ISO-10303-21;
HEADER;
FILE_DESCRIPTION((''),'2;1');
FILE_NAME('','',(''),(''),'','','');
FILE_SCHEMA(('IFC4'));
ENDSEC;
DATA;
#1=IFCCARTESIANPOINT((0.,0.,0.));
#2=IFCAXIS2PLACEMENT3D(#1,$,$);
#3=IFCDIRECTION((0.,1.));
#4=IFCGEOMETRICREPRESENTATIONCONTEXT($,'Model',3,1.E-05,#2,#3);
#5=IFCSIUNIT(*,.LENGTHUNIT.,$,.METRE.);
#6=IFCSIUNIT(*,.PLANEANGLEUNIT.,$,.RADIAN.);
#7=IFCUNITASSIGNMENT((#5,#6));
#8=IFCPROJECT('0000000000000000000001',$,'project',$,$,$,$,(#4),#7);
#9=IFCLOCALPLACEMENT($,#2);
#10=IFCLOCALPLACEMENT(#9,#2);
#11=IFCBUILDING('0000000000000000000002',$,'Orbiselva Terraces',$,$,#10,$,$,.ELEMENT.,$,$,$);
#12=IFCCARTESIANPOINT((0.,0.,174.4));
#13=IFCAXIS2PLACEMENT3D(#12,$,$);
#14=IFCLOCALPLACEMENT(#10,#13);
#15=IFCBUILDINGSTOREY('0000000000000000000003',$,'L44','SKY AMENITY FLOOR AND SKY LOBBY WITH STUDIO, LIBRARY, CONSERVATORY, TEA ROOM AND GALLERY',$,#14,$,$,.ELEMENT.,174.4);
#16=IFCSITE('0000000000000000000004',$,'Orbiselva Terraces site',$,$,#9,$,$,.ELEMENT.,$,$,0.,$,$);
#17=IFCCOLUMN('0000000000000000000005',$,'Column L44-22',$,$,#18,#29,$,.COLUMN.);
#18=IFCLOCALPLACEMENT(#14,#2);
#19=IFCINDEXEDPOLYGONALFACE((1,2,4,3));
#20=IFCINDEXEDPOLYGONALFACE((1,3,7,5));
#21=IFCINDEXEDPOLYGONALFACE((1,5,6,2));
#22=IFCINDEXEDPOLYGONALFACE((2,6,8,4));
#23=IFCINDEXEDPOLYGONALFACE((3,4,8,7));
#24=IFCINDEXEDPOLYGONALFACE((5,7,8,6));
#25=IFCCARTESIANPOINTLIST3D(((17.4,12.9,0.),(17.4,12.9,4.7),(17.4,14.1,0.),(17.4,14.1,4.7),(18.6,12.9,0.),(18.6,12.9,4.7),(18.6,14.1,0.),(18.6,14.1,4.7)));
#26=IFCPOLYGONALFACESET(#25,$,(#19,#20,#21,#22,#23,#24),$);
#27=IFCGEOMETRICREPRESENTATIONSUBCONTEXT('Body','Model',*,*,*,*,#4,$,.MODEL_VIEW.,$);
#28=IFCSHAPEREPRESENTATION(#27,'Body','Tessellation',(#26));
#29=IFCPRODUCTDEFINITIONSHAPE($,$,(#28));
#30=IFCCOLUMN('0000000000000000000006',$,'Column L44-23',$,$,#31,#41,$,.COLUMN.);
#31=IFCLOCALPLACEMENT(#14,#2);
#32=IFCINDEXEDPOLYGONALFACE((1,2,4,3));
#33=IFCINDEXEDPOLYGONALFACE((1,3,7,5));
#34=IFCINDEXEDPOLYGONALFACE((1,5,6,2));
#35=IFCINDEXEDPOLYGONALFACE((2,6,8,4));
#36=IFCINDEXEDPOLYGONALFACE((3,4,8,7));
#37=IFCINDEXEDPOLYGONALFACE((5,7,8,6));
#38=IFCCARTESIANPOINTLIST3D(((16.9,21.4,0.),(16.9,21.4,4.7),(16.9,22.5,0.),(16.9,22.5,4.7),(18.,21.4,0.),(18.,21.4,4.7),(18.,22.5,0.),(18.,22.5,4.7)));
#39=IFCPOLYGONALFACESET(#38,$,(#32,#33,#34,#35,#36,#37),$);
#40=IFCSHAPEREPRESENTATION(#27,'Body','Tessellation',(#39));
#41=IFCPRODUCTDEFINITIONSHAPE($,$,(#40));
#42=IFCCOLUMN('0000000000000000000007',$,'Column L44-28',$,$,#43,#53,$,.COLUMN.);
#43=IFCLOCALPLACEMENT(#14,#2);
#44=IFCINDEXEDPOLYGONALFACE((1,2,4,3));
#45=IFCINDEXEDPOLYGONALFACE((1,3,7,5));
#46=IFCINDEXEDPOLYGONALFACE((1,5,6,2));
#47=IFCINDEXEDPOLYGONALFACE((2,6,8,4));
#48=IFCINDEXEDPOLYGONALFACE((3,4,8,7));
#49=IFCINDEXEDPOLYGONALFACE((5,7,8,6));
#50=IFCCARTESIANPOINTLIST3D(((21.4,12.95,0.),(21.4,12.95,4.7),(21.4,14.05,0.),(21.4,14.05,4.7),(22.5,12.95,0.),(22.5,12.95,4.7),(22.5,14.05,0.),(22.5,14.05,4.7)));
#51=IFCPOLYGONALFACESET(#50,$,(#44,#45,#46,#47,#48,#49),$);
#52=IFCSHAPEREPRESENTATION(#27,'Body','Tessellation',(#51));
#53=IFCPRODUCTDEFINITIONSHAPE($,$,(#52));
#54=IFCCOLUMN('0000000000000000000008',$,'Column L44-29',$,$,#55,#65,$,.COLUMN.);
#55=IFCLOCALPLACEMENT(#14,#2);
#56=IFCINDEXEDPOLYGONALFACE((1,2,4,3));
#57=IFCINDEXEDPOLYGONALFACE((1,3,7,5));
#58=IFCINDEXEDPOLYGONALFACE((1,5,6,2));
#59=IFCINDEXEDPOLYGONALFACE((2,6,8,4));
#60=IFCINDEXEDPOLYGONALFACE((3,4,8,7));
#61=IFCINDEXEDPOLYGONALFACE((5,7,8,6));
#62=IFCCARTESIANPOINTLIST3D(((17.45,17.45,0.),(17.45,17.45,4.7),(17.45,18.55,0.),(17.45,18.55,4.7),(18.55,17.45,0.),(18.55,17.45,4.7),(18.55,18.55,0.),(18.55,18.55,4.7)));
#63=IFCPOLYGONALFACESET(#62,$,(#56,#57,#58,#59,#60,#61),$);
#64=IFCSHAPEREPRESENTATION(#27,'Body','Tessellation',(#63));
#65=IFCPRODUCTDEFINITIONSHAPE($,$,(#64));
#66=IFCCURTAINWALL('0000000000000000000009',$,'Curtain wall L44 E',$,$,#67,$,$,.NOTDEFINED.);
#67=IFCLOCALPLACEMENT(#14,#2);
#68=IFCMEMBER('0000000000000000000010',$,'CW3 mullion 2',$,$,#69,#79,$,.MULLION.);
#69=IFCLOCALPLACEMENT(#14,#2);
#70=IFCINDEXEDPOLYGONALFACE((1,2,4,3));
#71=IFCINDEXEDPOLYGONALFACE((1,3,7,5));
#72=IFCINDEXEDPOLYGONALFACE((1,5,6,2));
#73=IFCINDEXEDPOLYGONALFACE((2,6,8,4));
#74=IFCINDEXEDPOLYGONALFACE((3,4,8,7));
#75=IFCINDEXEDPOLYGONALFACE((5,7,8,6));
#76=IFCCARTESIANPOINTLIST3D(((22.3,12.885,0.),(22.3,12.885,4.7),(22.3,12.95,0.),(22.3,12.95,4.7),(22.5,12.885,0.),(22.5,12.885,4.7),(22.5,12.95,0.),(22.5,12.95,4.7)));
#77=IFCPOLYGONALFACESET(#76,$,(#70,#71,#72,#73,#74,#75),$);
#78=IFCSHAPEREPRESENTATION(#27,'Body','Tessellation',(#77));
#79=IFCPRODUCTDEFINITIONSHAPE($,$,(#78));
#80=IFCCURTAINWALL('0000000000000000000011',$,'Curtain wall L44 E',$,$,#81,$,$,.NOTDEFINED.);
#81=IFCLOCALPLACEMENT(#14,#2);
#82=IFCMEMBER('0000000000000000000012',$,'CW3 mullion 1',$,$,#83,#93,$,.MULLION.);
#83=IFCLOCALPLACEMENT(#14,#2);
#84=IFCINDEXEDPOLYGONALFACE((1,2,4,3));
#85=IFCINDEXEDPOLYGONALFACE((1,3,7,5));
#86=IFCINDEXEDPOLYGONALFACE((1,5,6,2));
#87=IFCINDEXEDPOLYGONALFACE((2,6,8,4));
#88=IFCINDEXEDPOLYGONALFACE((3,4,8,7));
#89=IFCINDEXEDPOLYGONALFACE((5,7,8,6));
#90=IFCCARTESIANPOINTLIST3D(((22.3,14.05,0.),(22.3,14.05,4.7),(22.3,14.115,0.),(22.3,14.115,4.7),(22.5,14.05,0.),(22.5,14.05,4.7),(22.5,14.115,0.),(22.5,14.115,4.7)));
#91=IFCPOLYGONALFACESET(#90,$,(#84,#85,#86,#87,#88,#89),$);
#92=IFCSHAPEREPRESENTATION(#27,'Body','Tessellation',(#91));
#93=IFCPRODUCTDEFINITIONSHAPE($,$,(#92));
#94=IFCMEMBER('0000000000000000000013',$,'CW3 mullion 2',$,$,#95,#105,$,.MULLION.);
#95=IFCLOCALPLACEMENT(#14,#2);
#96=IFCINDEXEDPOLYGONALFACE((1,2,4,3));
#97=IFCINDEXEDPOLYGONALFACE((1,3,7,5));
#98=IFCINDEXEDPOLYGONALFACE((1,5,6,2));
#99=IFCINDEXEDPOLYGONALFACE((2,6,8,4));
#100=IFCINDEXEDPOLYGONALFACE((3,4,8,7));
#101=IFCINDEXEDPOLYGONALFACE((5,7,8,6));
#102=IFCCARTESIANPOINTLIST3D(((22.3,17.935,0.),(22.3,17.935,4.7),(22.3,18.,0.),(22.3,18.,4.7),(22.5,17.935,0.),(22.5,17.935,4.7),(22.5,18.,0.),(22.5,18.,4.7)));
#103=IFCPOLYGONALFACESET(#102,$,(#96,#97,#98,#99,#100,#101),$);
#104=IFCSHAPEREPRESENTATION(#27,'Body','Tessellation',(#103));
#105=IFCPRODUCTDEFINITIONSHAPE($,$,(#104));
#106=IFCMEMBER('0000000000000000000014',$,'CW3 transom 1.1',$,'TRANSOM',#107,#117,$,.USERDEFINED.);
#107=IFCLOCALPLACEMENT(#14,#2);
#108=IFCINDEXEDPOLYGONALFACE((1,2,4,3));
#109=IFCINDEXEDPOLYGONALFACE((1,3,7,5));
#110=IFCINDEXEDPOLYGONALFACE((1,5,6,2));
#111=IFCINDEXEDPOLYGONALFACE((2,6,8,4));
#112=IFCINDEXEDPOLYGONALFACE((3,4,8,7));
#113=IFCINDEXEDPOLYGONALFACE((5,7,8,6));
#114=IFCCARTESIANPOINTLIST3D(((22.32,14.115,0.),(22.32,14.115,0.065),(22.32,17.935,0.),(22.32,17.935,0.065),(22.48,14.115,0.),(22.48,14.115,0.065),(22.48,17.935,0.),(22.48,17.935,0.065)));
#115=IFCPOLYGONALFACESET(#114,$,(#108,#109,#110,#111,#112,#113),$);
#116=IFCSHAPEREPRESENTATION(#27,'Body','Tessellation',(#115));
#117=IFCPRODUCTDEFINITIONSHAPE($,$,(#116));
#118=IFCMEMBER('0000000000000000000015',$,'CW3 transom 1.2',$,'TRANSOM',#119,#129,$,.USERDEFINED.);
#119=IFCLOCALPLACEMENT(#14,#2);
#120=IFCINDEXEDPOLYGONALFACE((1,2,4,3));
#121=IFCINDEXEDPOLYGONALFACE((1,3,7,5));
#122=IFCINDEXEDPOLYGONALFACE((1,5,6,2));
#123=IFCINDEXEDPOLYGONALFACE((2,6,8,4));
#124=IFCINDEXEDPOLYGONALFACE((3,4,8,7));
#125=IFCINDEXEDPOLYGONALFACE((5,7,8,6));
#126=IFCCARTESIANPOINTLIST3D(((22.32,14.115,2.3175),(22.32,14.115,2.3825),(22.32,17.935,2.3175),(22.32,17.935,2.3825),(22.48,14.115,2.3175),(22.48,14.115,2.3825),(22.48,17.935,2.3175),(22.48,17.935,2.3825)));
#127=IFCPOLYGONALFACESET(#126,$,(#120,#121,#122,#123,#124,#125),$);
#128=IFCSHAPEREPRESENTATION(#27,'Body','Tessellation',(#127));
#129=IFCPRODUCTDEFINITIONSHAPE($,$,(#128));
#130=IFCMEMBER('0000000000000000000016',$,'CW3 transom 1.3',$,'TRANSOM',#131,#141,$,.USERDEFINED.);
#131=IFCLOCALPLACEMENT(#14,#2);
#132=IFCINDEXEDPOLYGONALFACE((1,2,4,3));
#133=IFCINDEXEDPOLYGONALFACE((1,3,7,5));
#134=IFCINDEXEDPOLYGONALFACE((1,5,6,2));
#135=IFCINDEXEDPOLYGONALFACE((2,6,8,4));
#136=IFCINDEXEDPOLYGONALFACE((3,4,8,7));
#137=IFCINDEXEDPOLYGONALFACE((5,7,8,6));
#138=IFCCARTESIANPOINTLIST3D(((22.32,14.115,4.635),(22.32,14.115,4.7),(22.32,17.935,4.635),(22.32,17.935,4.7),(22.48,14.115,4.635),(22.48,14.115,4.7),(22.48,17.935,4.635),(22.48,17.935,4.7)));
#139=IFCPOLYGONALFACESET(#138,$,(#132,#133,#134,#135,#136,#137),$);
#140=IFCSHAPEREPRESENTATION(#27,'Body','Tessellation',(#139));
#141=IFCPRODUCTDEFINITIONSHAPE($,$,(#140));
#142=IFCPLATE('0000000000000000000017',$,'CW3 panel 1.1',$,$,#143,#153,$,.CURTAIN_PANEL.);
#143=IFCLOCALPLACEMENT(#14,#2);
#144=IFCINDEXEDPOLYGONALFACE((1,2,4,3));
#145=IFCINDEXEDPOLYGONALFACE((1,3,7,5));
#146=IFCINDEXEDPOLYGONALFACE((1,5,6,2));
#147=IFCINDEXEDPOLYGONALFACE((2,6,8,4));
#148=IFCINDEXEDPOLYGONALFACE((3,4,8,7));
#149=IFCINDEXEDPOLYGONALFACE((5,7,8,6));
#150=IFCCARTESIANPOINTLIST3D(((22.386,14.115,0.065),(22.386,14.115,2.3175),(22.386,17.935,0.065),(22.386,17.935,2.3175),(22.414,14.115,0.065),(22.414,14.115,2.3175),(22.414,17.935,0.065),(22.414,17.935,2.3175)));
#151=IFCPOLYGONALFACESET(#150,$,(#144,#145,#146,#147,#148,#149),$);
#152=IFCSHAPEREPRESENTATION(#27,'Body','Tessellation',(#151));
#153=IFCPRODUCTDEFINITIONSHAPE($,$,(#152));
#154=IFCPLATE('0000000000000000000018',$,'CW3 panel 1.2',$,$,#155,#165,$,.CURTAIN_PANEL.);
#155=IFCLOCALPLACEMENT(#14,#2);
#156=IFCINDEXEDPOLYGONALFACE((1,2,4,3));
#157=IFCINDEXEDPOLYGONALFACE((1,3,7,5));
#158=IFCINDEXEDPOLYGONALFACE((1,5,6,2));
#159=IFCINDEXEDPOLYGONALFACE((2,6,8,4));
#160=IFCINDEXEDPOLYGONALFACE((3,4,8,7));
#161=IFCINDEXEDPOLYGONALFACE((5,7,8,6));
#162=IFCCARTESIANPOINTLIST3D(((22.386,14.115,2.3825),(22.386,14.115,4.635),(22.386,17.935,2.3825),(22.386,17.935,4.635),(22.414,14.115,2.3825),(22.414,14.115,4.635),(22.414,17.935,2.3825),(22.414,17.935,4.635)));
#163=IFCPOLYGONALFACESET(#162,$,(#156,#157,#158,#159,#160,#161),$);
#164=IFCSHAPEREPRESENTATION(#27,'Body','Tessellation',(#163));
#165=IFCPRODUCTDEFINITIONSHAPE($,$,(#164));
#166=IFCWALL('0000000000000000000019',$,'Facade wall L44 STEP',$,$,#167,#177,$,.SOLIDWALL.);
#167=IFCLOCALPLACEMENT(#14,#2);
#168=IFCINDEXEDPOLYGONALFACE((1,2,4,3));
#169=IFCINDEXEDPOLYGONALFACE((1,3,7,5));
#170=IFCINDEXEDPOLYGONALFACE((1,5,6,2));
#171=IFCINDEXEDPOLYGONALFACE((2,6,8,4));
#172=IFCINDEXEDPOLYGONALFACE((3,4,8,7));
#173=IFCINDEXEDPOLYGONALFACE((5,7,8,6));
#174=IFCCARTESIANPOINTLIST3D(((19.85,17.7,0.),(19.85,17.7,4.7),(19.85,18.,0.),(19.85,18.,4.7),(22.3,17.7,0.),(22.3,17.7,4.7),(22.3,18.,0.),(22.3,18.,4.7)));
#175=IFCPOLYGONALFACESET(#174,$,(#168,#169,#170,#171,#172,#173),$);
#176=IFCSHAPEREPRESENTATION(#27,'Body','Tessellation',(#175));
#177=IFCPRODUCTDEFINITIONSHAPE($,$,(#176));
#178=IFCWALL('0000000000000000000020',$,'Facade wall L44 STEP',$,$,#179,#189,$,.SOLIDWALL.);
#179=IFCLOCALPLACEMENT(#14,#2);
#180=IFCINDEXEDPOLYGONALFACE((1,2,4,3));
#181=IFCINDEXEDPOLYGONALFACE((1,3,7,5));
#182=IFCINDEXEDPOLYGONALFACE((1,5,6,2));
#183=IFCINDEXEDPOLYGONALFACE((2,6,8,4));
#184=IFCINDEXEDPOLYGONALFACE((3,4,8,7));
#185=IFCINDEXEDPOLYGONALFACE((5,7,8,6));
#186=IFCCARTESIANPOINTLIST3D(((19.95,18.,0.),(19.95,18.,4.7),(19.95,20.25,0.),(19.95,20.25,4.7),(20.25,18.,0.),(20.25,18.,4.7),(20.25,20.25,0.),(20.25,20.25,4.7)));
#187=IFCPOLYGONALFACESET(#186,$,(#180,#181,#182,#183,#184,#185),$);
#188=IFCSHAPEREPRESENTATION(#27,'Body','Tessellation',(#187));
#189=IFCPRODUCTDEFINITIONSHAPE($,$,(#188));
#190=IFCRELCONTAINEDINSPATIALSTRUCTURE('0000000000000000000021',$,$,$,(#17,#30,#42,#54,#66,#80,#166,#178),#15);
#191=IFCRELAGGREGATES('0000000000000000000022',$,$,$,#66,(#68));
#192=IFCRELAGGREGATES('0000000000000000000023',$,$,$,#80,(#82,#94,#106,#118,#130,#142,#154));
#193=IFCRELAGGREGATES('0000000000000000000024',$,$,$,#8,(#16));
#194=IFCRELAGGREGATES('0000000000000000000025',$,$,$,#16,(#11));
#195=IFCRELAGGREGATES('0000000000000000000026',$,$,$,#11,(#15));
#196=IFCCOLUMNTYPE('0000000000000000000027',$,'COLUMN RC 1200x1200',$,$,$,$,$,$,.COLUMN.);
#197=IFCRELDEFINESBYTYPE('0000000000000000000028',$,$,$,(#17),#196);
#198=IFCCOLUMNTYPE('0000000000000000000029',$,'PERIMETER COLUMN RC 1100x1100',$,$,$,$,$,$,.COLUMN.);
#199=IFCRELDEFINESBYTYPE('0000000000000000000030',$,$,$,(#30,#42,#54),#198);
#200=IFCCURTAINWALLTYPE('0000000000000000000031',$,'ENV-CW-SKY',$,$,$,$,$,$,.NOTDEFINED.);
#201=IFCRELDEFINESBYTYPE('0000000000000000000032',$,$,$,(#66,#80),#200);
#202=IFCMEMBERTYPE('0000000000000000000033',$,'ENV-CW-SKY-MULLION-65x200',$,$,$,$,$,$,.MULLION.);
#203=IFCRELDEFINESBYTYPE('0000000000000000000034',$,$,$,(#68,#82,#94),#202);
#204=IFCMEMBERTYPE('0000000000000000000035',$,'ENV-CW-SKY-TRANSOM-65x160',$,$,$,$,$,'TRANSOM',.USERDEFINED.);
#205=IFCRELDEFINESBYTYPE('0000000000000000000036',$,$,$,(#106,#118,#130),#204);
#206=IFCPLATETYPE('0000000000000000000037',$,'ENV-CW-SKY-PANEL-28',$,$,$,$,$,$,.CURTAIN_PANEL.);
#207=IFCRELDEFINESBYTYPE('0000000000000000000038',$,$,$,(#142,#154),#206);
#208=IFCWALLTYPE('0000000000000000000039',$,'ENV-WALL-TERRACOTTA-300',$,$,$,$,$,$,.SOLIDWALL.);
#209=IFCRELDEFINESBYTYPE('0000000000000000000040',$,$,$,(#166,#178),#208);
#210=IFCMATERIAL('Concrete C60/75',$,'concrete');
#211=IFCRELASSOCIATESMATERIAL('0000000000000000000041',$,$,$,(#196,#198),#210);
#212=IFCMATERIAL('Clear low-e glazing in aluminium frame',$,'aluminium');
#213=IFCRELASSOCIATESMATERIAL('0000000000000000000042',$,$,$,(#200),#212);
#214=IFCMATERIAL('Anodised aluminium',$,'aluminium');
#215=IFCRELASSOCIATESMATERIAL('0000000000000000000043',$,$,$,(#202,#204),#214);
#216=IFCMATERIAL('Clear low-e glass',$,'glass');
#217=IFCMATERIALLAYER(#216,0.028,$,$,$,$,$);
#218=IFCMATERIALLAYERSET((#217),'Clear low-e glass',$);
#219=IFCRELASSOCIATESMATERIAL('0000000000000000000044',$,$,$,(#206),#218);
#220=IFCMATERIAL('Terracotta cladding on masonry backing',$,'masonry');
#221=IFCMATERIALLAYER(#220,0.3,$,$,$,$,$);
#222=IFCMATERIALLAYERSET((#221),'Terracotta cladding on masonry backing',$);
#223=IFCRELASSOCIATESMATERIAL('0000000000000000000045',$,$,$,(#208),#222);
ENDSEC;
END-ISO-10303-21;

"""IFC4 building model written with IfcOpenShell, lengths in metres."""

from ifc_helpers import new_model, si_unit, direction, frame, frame_2d, origin, origin_2d, place, context, subcontext, project, spatial, rectangle, extrude, material, layer, layer_set, material_profile, profile_set, type_object, element, aggregate, save


model = new_model("IFC4")

# Units and contexts
model_context = context("Model", 3, precision=1e-05, world=origin(), true_north=direction((0.0, 1.0)))
body_context = subcontext(model_context, "Body", "Model", "MODEL_VIEW")
ifc_project = project(units=[si_unit("LENGTHUNIT", "METRE"), si_unit("PLANEANGLEUNIT", "RADIAN")], contexts=[model_context])

# Site, building, storey
site_placement = place(None, origin())
site = spatial("IfcSite", under=ifc_project, at=site_placement, Name="Orbiselva Terraces site", CompositionType="ELEMENT", RefElevation=0.0)
building_placement = place(site_placement, origin())
building = spatial("IfcBuilding", under=site, at=building_placement, Name="Orbiselva Terraces", CompositionType="ELEMENT")
storey_placement = place(building_placement, frame((0.0, 0.0, 174.4)))
storey = spatial("IfcBuildingStorey", under=building, at=storey_placement, Name="L44", Description="SKY AMENITY FLOOR AND SKY LOBBY WITH STUDIO, LIBRARY, CONSERVATORY, TEA ROOM AND GALLERY", CompositionType="ELEMENT", Elevation=174.4)

# Columns
ifc_material_1 = material(Name="Concrete C60/75", Category="concrete")
ifc_material_profile_1 = material_profile(ifc_material_1, rectangle(XDim=1.2, YDim=1.2, at=origin_2d()), Name="RC 1200x1200")
ifc_profile_set_1 = profile_set([ifc_material_profile_1], Name="Concrete C60/75")
column_type_1 = type_object("IfcColumnType", Name="COLUMN RC 1200x1200", PredefinedType="COLUMN", material=ifc_profile_set_1)
column_placement = place(storey_placement, frame((18.0, 13.5, 0.0), z_axis=(0.0, 0.0, 1.0), x_axis=(1.0, 0.0, 0.0)))
element("IfcColumn", 1, at=column_placement, inside=storey, type_object=column_type_1, Name="Column L44-22", PredefinedType="COLUMN", context=body_context, shape_type="SweptSolid", body=[
    extrude(rectangle(XDim=1.2, YDim=1.2, at=origin_2d()), origin(), (0.0, 0.0, 1.0), 4.7),
])
ifc_material_profile_2 = material_profile(ifc_material_1, rectangle(XDim=1.1, YDim=1.1, at=origin_2d()), Name="RC 1100x1100")
ifc_profile_set_2 = profile_set([ifc_material_profile_2], Name="Concrete C60/75")
column_type_2 = type_object("IfcColumnType", Name="PERIMETER COLUMN RC 1100x1100", PredefinedType="COLUMN", material=ifc_profile_set_2)
for number, where, z_axis, x_axis, name in (
    (2, (17.45, 21.95, 0.0), (0.0, 0.0, 1.0), (1.0, 0.0, 0.0), "Column L44-23"),
    (3, (21.95, 13.5, 0.0), (0.0, 0.0, 1.0), (1.0, 0.0, 0.0), "Column L44-28"),
    (4, (18.0, 18.0, 0.0), (0.0, 0.0, 1.0), (1.0, 0.0, 0.0), "Column L44-29"),
):
    element("IfcColumn", number, at=place(storey_placement, frame(where, z_axis=z_axis, x_axis=x_axis)), inside=storey, type_object=column_type_2, Name=name, PredefinedType="COLUMN", context=body_context, shape_type="SweptSolid", body=[
        extrude(rectangle(XDim=1.1, YDim=1.1, at=origin_2d()), origin(), (0.0, 0.0, 1.0), 4.7),
    ])

# Curtain wall, member
ifc_material_2 = material(Name="Clear low-e glazing in aluminium frame", Category="aluminium")
curtain_wall_type = type_object("IfcCurtainWallType", Name="ENV-CW-SKY", PredefinedType="NOTDEFINED", material=ifc_material_2)
curtain_wall_1_placement = place(storey_placement, origin())
curtain_wall_1 = element("IfcCurtainWall", 5, at=curtain_wall_1_placement, inside=storey, type_object=curtain_wall_type, Name="Curtain wall L44 E", PredefinedType="NOTDEFINED")
ifc_material_3 = material(Name="Anodised aluminium", Category="aluminium")
ifc_material_profile_3 = material_profile(ifc_material_3, rectangle(XDim=0.2, YDim=0.065, at=origin_2d()), Name="AL 65x200")
ifc_profile_set_3 = profile_set([ifc_material_profile_3], Name="Anodised aluminium")
member_type_1 = type_object("IfcMemberType", Name="ENV-CW-SKY-MULLION-65x200", PredefinedType="MULLION", material=ifc_profile_set_3)
member_1_placement = place(storey_placement, frame((22.4, 12.9175, 0.0), z_axis=(0.0, 0.0, 1.0), x_axis=(-1.0, 0.0, 0.0)))
member_1 = element("IfcMember", 6, at=member_1_placement, type_object=member_type_1, Name="CW3 mullion 2", PredefinedType="MULLION", context=body_context, shape_type="SweptSolid", body=[
    extrude(rectangle(XDim=0.2, YDim=0.065, at=origin_2d()), origin(), (0.0, 0.0, 1.0), 4.7),
])
aggregate(curtain_wall_1, [member_1])

# Curtain wall, members, plates
curtain_wall_2_placement = place(storey_placement, origin())
curtain_wall_2 = element("IfcCurtainWall", 7, at=curtain_wall_2_placement, inside=storey, type_object=curtain_wall_type, Name="Curtain wall L44 E", PredefinedType="NOTDEFINED")
member_2_placement = place(storey_placement, frame((22.4, 14.0825, 0.0), z_axis=(0.0, 0.0, 1.0), x_axis=(-1.0, 0.0, 0.0)))
member_2 = element("IfcMember", 8, at=member_2_placement, type_object=member_type_1, Name="CW3 mullion 1", PredefinedType="MULLION", context=body_context, shape_type="SweptSolid", body=[
    extrude(rectangle(XDim=0.2, YDim=0.065, at=origin_2d()), origin(), (0.0, 0.0, 1.0), 4.7),
])
member_3_placement = place(storey_placement, frame((22.4, 17.9675, 0.0), z_axis=(0.0, 0.0, 1.0), x_axis=(-1.0, 0.0, 0.0)))
member_3 = element("IfcMember", 9, at=member_3_placement, type_object=member_type_1, Name="CW3 mullion 2", PredefinedType="MULLION", context=body_context, shape_type="SweptSolid", body=[
    extrude(rectangle(XDim=0.2, YDim=0.065, at=origin_2d()), origin(), (0.0, 0.0, 1.0), 4.7),
])
ifc_material_profile_4 = material_profile(ifc_material_3, rectangle(XDim=0.16, YDim=0.065, at=origin_2d()), Name="AL 65x160")
ifc_profile_set_4 = profile_set([ifc_material_profile_4], Name="Anodised aluminium")
member_type_2 = type_object("IfcMemberType", Name="ENV-CW-SKY-TRANSOM-65x160", ElementType="TRANSOM", PredefinedType="USERDEFINED", material=ifc_profile_set_4)
member_4_placement = place(storey_placement, frame((22.4, 14.115, 0.0325), z_axis=(0.0, 1.0, 0.0), x_axis=(-1.0, 0.0, 0.0)))
member_4 = element("IfcMember", 10, at=member_4_placement, type_object=member_type_2, Name="CW3 transom 1.1", ObjectType="TRANSOM", PredefinedType="USERDEFINED", context=body_context, shape_type="SweptSolid", body=[
    extrude(rectangle(XDim=0.16, YDim=0.065, at=origin_2d()), origin(), (0.0, 0.0, 1.0), 3.82),
])
member_5_placement = place(storey_placement, frame((22.4, 14.115, 2.35), z_axis=(0.0, 1.0, 0.0), x_axis=(-1.0, 0.0, 0.0)))
member_5 = element("IfcMember", 11, at=member_5_placement, type_object=member_type_2, Name="CW3 transom 1.2", ObjectType="TRANSOM", PredefinedType="USERDEFINED", context=body_context, shape_type="SweptSolid", body=[
    extrude(rectangle(XDim=0.16, YDim=0.065, at=origin_2d()), origin(), (0.0, 0.0, 1.0), 3.82),
])
member_6_placement = place(storey_placement, frame((22.4, 14.115, 4.6675), z_axis=(0.0, 1.0, 0.0), x_axis=(-1.0, 0.0, 0.0)))
member_6 = element("IfcMember", 12, at=member_6_placement, type_object=member_type_2, Name="CW3 transom 1.3", ObjectType="TRANSOM", PredefinedType="USERDEFINED", context=body_context, shape_type="SweptSolid", body=[
    extrude(rectangle(XDim=0.16, YDim=0.065, at=origin_2d()), origin(), (0.0, 0.0, 1.0), 3.82),
])
ifc_material_4 = material(Name="Clear low-e glass", Category="glass")
ifc_layer_1 = layer(ifc_material_4, 0.028)
ifc_layer_set_1 = layer_set([ifc_layer_1], Name="Clear low-e glass")
plate_type = type_object("IfcPlateType", Name="ENV-CW-SKY-PANEL-28", PredefinedType="CURTAIN_PANEL", material=ifc_layer_set_1)
plate_1_placement = place(storey_placement, frame((22.4, 16.025, 0.065), z_axis=(0.0, 0.0, 1.0), x_axis=(0.0, 1.0, 0.0)))
plate_1 = element("IfcPlate", 13, at=plate_1_placement, type_object=plate_type, Name="CW3 panel 1.1", PredefinedType="CURTAIN_PANEL", context=body_context, shape_type="SweptSolid", body=[
    extrude(rectangle(XDim=3.82, YDim=0.028, at=origin_2d()), origin(), (0.0, 0.0, 1.0), 2.2525),
])
plate_2_placement = place(storey_placement, frame((22.4, 16.025, 2.3825), z_axis=(0.0, 0.0, 1.0), x_axis=(0.0, 1.0, 0.0)))
plate_2 = element("IfcPlate", 14, at=plate_2_placement, type_object=plate_type, Name="CW3 panel 1.2", PredefinedType="CURTAIN_PANEL", context=body_context, shape_type="SweptSolid", body=[
    extrude(rectangle(XDim=3.82, YDim=0.028, at=origin_2d()), origin(), (0.0, 0.0, 1.0), 2.2525),
])
aggregate(curtain_wall_2, [member_2, member_3, member_4, member_5, member_6, plate_1, plate_2])

# Walls
ifc_material_5 = material(Name="Terracotta cladding on masonry backing", Category="masonry")
ifc_layer_2 = layer(ifc_material_5, 0.3)
ifc_layer_set_2 = layer_set([ifc_layer_2], Name="Terracotta cladding on masonry backing")
wall_type_1 = type_object("IfcWallType", Name="ENV-WALL-TERRACOTTA-300", PredefinedType="SOLIDWALL", material=ifc_layer_set_2)
wall_1_placement = place(storey_placement, frame((19.85, 17.85, 0.0), z_axis=(0.0, 0.0, 1.0), x_axis=(1.0, 0.0, 0.0)))
element("IfcWall", 15, at=wall_1_placement, inside=storey, type_object=wall_type_1, Name="Facade wall L44 STEP", PredefinedType="SOLIDWALL", context=body_context, shape_type="SweptSolid", body=[
    extrude(rectangle(XDim=2.45, YDim=0.3, at=frame_2d((1.225, 0.0))), origin(), (0.0, 0.0, 1.0), 4.7),
])
wall_2_placement = place(storey_placement, frame((20.1, 20.25, 0.0), z_axis=(0.0, 0.0, 1.0), x_axis=(0.0, -1.0, 0.0)))
element("IfcWall", 16, at=wall_2_placement, inside=storey, type_object=wall_type_1, Name="Facade wall L44 STEP", PredefinedType="SOLIDWALL", context=body_context, shape_type="SweptSolid", body=[
    extrude(rectangle(XDim=2.25, YDim=0.3, at=frame_2d((1.125, 0.0))), origin(), (0.0, 0.0, 1.0), 4.7),
])

save(model, "model.ifc")
